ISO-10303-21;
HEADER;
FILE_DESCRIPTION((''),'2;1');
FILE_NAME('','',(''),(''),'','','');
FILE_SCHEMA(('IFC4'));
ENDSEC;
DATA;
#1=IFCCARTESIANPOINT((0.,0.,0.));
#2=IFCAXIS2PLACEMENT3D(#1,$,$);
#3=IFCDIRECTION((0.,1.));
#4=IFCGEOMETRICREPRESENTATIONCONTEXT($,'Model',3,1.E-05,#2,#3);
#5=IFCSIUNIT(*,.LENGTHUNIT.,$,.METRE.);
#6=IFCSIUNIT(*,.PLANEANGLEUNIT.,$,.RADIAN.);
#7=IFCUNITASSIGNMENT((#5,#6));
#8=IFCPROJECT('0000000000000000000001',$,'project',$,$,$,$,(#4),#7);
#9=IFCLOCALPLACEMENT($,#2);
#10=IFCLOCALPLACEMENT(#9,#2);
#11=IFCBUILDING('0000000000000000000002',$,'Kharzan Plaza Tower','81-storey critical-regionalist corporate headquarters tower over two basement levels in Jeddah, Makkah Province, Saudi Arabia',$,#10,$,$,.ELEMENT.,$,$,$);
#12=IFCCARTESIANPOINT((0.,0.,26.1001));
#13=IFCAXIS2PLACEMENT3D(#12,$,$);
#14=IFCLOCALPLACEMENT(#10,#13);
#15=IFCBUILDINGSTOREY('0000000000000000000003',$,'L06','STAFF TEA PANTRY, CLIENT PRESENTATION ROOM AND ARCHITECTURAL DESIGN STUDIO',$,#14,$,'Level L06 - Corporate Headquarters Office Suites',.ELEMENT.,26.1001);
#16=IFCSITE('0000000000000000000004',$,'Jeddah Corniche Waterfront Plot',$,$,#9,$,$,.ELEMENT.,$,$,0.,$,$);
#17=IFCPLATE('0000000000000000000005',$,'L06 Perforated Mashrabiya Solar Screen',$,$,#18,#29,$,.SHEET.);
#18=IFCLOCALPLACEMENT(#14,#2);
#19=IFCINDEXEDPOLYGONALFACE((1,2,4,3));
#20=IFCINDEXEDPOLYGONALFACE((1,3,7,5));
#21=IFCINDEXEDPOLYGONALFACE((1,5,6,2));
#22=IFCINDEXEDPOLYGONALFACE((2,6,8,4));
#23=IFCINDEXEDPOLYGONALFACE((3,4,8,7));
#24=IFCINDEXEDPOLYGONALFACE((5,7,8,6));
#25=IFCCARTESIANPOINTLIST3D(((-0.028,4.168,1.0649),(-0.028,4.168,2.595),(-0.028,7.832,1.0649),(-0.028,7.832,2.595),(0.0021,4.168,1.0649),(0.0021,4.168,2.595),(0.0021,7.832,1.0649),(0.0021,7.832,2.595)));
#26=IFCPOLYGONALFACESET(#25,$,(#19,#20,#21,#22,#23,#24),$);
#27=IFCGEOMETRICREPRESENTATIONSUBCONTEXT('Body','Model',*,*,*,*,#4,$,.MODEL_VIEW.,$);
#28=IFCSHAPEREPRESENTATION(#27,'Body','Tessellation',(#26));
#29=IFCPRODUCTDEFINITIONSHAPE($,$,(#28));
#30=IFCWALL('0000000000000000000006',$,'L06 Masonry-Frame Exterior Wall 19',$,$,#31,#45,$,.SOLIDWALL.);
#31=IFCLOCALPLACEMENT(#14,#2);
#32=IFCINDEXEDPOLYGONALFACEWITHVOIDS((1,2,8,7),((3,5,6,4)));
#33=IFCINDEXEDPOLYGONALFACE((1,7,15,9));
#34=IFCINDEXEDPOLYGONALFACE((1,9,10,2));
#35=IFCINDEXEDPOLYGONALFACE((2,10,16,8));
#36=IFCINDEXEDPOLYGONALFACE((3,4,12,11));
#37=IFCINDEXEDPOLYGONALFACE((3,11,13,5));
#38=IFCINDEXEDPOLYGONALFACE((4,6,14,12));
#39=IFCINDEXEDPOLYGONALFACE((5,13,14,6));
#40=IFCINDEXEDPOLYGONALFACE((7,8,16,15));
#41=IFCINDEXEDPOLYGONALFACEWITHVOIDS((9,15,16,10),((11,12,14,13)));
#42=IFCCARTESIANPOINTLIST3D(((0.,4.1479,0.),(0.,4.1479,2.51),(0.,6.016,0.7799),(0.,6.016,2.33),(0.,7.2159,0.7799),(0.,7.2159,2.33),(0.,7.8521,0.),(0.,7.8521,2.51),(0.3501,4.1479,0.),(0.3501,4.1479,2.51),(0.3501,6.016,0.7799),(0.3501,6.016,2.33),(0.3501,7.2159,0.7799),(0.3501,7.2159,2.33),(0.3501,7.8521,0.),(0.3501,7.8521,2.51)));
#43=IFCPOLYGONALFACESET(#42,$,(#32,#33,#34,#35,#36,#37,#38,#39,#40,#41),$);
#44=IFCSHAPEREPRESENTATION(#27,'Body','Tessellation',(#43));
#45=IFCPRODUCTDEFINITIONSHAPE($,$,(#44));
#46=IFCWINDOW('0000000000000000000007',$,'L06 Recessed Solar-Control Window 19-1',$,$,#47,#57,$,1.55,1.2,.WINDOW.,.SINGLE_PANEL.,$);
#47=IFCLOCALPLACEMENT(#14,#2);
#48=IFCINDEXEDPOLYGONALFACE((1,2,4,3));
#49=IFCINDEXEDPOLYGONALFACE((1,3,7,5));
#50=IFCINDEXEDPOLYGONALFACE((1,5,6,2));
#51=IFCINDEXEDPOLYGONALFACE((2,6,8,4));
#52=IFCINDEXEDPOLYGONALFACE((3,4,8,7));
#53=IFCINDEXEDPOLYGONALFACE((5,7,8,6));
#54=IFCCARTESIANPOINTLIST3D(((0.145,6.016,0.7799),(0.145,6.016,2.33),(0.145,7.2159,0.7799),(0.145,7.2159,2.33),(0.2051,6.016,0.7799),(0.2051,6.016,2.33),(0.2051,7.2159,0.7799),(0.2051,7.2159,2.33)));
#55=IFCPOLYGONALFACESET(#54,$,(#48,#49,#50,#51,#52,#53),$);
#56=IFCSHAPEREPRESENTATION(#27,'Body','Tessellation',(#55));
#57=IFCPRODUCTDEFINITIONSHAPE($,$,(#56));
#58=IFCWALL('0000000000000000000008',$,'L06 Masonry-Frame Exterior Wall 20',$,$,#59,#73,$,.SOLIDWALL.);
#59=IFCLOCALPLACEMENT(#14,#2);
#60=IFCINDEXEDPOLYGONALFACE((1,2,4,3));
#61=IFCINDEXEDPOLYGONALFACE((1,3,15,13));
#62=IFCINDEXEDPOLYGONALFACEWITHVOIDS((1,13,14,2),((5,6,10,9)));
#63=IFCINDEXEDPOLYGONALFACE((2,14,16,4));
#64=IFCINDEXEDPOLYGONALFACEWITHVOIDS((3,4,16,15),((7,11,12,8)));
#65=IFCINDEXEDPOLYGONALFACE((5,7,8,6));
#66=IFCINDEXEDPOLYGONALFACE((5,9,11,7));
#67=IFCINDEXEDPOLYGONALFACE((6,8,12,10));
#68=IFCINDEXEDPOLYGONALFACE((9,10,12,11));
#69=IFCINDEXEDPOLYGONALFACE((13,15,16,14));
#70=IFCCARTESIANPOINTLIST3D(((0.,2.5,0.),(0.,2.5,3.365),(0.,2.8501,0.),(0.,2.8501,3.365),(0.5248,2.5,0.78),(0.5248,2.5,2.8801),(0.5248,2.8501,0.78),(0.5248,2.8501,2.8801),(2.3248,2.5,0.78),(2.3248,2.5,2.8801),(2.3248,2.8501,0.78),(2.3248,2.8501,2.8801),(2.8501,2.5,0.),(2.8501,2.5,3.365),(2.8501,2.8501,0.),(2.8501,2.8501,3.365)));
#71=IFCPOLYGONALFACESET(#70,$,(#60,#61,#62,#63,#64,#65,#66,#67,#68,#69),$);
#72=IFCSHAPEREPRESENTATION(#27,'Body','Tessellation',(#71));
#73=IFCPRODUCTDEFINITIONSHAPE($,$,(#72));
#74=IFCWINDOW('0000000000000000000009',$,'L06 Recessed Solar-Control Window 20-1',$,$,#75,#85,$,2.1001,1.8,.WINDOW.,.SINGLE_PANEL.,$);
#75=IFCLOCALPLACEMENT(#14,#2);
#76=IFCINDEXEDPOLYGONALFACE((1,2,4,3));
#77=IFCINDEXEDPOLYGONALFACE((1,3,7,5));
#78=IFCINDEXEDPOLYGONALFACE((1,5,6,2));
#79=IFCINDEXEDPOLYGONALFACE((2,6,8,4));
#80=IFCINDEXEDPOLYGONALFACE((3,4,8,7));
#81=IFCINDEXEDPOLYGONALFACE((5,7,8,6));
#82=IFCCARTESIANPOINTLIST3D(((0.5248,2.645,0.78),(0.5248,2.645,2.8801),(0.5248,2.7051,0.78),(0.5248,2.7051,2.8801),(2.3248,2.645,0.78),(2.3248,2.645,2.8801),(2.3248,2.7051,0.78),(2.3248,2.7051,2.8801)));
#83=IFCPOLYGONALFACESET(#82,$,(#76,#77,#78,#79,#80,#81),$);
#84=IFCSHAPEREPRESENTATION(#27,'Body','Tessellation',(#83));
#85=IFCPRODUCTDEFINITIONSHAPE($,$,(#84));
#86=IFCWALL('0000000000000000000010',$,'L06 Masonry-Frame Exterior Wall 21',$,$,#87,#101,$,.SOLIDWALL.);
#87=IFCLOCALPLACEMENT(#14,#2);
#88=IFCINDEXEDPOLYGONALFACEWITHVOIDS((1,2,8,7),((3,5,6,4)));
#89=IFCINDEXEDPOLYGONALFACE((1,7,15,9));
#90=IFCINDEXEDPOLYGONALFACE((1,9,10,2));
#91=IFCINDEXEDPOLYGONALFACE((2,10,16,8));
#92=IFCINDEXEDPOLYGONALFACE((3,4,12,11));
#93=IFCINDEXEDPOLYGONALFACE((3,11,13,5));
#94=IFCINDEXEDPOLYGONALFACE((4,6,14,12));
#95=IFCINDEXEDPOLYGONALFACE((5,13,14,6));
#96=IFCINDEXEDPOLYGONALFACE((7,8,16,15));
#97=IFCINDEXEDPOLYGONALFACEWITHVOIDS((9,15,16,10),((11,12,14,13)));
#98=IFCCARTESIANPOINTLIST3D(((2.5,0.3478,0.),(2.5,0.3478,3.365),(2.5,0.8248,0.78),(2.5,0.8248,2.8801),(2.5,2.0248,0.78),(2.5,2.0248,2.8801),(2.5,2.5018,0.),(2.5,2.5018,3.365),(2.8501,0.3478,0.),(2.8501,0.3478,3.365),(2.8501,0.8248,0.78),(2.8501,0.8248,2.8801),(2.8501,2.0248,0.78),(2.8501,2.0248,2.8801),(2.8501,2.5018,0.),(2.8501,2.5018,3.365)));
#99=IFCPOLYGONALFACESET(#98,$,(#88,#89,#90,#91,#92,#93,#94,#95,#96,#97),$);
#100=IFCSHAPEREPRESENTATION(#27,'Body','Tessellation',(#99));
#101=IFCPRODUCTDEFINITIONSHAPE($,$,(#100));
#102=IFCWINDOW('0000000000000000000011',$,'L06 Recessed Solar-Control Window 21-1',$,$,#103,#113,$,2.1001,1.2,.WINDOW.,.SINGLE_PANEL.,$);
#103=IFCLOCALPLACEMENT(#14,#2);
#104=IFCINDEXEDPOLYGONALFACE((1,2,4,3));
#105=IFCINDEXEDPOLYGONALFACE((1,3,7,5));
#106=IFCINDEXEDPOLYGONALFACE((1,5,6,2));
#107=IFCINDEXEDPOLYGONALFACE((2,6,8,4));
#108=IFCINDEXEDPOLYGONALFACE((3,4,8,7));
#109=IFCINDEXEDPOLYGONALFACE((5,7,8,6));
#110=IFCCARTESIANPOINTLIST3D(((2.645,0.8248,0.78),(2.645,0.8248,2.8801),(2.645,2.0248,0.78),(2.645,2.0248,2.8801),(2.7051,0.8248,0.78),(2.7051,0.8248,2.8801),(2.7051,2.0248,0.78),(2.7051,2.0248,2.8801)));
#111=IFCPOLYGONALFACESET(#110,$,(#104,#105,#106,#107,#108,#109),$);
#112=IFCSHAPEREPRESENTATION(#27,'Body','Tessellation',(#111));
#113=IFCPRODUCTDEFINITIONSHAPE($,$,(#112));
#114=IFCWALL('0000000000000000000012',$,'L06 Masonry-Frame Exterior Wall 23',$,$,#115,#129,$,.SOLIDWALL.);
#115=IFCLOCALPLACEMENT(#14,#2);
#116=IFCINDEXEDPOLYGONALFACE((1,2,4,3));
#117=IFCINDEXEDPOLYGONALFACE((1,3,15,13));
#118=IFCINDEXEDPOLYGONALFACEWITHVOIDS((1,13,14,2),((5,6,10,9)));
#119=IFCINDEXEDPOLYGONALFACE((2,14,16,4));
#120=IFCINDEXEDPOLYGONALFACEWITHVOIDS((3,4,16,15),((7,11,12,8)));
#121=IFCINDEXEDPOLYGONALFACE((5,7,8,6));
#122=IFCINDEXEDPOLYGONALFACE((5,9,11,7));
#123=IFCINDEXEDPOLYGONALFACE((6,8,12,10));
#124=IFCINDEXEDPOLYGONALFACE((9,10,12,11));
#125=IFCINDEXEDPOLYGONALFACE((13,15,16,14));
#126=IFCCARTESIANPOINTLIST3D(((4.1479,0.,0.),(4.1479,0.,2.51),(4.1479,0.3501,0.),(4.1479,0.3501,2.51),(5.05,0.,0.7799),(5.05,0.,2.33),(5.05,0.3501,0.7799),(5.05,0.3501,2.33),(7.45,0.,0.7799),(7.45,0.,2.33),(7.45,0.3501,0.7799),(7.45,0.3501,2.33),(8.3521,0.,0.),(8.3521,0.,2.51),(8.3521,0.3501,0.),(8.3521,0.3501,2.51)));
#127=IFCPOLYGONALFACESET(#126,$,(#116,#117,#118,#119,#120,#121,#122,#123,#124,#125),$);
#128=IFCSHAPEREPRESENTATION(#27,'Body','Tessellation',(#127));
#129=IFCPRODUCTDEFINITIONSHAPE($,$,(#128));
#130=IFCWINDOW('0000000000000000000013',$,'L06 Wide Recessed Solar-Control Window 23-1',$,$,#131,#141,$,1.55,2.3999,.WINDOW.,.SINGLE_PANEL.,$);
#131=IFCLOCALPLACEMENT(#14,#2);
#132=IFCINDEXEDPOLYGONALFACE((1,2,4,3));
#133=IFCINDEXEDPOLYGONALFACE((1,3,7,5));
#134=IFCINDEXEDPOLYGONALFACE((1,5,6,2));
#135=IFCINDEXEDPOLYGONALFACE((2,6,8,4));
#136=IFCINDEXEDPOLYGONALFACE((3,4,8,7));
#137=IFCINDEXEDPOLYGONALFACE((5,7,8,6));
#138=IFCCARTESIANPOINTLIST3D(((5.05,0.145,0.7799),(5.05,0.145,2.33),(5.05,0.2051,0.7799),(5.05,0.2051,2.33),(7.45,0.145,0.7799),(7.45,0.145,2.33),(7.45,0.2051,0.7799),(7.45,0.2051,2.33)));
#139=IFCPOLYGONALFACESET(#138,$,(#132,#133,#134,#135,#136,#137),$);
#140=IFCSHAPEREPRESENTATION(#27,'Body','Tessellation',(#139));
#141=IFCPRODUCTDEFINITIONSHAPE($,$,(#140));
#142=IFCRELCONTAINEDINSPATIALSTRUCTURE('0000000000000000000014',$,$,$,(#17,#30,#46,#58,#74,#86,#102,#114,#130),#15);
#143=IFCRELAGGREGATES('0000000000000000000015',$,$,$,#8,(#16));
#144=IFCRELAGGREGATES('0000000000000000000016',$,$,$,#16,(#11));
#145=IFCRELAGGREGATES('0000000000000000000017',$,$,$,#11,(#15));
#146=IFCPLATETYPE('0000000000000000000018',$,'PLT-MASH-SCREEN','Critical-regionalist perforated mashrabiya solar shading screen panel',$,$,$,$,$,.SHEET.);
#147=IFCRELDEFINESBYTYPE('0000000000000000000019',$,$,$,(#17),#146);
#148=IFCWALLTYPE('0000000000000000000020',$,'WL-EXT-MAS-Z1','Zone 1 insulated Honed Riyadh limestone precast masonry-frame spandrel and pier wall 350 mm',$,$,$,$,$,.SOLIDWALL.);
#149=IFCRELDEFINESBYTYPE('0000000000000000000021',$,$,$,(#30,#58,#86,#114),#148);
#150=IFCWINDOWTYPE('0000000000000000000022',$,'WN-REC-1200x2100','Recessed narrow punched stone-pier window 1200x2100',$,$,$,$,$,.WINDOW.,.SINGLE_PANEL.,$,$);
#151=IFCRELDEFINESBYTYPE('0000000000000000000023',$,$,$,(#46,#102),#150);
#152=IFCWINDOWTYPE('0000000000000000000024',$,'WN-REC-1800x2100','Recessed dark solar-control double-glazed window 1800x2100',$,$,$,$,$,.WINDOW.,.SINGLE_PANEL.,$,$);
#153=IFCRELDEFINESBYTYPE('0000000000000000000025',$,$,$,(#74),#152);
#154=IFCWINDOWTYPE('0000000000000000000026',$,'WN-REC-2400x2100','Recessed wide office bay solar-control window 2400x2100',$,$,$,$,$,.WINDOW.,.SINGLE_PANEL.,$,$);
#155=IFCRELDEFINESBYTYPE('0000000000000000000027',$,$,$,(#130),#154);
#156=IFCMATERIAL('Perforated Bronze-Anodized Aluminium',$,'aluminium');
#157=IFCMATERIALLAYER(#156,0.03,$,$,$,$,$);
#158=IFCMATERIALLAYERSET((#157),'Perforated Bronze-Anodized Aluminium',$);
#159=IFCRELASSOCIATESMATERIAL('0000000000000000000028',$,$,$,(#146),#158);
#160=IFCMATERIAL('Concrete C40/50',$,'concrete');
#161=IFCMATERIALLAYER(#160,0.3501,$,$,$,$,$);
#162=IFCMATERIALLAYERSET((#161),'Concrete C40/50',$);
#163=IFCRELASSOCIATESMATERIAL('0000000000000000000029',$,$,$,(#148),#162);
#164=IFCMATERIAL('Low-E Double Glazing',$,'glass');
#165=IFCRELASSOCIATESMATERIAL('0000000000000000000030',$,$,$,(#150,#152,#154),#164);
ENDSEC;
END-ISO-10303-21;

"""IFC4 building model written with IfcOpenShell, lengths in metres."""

from ifc_helpers import new_model, si_unit, direction, frame, frame_2d, origin, origin_2d, place, context, subcontext, project, spatial, rectangle, extrude, source, transform, mapped, material, layer, layer_set, type_object, element, fill, save


model = new_model("IFC4")

# Units and contexts
model_context = context("Model", 3, precision=1e-05, world=origin(), true_north=direction((0.0, 1.0)))
body_context = subcontext(model_context, "Body", "Model", "MODEL_VIEW")
ifc_project = project(units=[si_unit("LENGTHUNIT", "METRE"), si_unit("PLANEANGLEUNIT", "RADIAN")], contexts=[model_context])

# Site, building, storey
site_placement = place(None, origin())
site = spatial("IfcSite", under=ifc_project, at=site_placement, Name="Jeddah Corniche Waterfront Plot", CompositionType="ELEMENT", RefElevation=0.0)
building_placement = place(site_placement, origin())
building = spatial("IfcBuilding", under=site, at=building_placement, Name="Kharzan Plaza Tower", Description="81-storey critical-regionalist corporate headquarters tower over two basement levels in Jeddah, Makkah Province, Saudi Arabia", CompositionType="ELEMENT")
storey_placement = place(building_placement, frame((0.0, 0.0, 26.1001)))
storey = spatial("IfcBuildingStorey", under=building, at=storey_placement, Name="L06", Description="STAFF TEA PANTRY, CLIENT PRESENTATION ROOM AND ARCHITECTURAL DESIGN STUDIO", LongName="Level L06 - Corporate Headquarters Office Suites", CompositionType="ELEMENT", Elevation=26.1001)

# Shared definitions
ifc_material_1 = material(Name="Concrete C40/50", Category="concrete")

# Plate
ifc_material_2 = material(Name="Perforated Bronze-Anodized Aluminium", Category="aluminium")
ifc_layer_1 = layer(ifc_material_2, 0.03)
ifc_layer_set_1 = layer_set([ifc_layer_1], Name="Perforated Bronze-Anodized Aluminium")
plate_type = type_object("IfcPlateType", Name="PLT-MASH-SCREEN", Description="Critical-regionalist perforated mashrabiya solar shading screen panel", PredefinedType="SHEET", material=ifc_layer_set_1)
shared_shape_1 = source(origin(), body_context, "Body", "SweptSolid", [
    extrude(rectangle(XDim=3.6641, YDim=0.03, at=origin_2d()), origin(), (0.0, 0.0, 1.0), 1.53),
])
plate_placement = place(storey_placement, frame((-0.0129, 6.0, 1.0649), z_axis=(0.0, 0.0, 1.0), x_axis=(0.0, -1.0, 0.0)))
element("IfcPlate", 1, at=plate_placement, inside=storey, type_object=plate_type, Name="L06 Perforated Mashrabiya Solar Screen", PredefinedType="SHEET", context=body_context, shape_type="MappedRepresentation", body=[
    mapped(shared_shape_1, transform((0.0, 0.0, 0.0), x_axis=(1.0, 0.0, 0.0), y_axis=(0.0, 1.0, 0.0), z_axis=(0.0, 0.0, 1.0))),
])

# Walls, openings, windows
ifc_layer_2 = layer(ifc_material_1, 0.3501)
ifc_layer_set_2 = layer_set([ifc_layer_2], Name="Concrete C40/50")
wall_type_1 = type_object("IfcWallType", Name="WL-EXT-MAS-Z1", Description="Zone 1 insulated Honed Riyadh limestone precast masonry-frame spandrel and pier wall 350 mm", PredefinedType="SOLIDWALL", material=ifc_layer_set_2)
wall_1_placement = place(storey_placement, frame((0.175, 7.8521, 0.0), z_axis=(0.0, 0.0, 1.0), x_axis=(0.0, -1.0, 0.0)))
wall_1 = element("IfcWall", 2, at=wall_1_placement, inside=storey, type_object=wall_type_1, Name="L06 Masonry-Frame Exterior Wall 19", PredefinedType="SOLIDWALL", context=body_context, shape_type="SweptSolid", body=[
    extrude(rectangle(XDim=3.7041, YDim=0.3501, at=frame_2d((1.8521, 0.0))), origin(), (0.0, 0.0, 1.0), 2.51),
])
opening_1_placement = place(wall_1_placement, frame((0.636, 0.0, 0.78)))
opening_1 = element("IfcOpeningElement", 3, at=opening_1_placement, cuts=wall_1, PredefinedType="OPENING", context=body_context, shape_type="SweptSolid", body=[
    extrude(rectangle(XDim=1.2, YDim=1.55, at=frame_2d((0.6001, 0.7749))), frame((0.0, 0.1851, 0.0), z_axis=(0.0, -1.0, 0.0), x_axis=(1.0, 0.0, 0.0)), (0.0, 0.0, 1.0), 0.3701),
])
ifc_material_3 = material(Name="Low-E Double Glazing", Category="glass")
window_type_1 = type_object("IfcWindowType", Name="WN-REC-1200x2100", Description="Recessed narrow punched stone-pier window 1200x2100", PartitioningType="SINGLE_PANEL", PredefinedType="WINDOW", material=ifc_material_3)
shared_shape_2 = source(origin(), body_context, "Body", "SweptSolid", [
    extrude(rectangle(XDim=1.2, YDim=1.55, at=frame_2d((0.6001, 0.7749))), frame((0.0, 0.03, 0.0), z_axis=(0.0, -1.0, 0.0), x_axis=(1.0, 0.0, 0.0)), (0.0, 0.0, 1.0), 0.0601),
])
window_1_placement = place(opening_1_placement, origin())
window_1 = element("IfcWindow", 4, at=window_1_placement, inside=storey, type_object=window_type_1, Name="L06 Recessed Solar-Control Window 19-1", OverallHeight=1.55, OverallWidth=1.2, PartitioningType="SINGLE_PANEL", PredefinedType="WINDOW", context=body_context, shape_type="MappedRepresentation", body=[
    mapped(shared_shape_2, transform((0.0, 0.0, 0.0), x_axis=(1.0, 0.0, 0.0), y_axis=(0.0, 1.0, 0.0), z_axis=(0.0, 0.0, 1.0))),
])
fill(opening_1, window_1)
wall_2_placement = place(storey_placement, frame((0.0, 2.675, 0.0), z_axis=(0.0, 0.0, 1.0), x_axis=(1.0, 0.0, 0.0)))
wall_2 = element("IfcWall", 5, at=wall_2_placement, inside=storey, type_object=wall_type_1, Name="L06 Masonry-Frame Exterior Wall 20", PredefinedType="SOLIDWALL", context=body_context, shape_type="SweptSolid", body=[
    extrude(rectangle(XDim=2.8501, YDim=0.3501, at=frame_2d((1.425, 0.0))), origin(), (0.0, 0.0, 1.0), 3.365),
])
opening_2_placement = place(wall_2_placement, frame((0.5249, 0.0, 0.78)))
opening_2 = element("IfcOpeningElement", 6, at=opening_2_placement, cuts=wall_2, PredefinedType="OPENING", context=body_context, shape_type="SweptSolid", body=[
    extrude(rectangle(XDim=1.8, YDim=2.1001, at=frame_2d((0.8999, 1.05))), frame((0.0, 0.1851, 0.0), z_axis=(0.0, -1.0, 0.0), x_axis=(1.0, 0.0, 0.0)), (0.0, 0.0, 1.0), 0.3701),
])
window_type_2 = type_object("IfcWindowType", Name="WN-REC-1800x2100", Description="Recessed dark solar-control double-glazed window 1800x2100", PartitioningType="SINGLE_PANEL", PredefinedType="WINDOW", material=ifc_material_3)
shared_shape_3 = source(origin(), body_context, "Body", "SweptSolid", [
    extrude(rectangle(XDim=1.8, YDim=2.1001, at=frame_2d((0.8999, 1.05))), frame((0.0, 0.03, 0.0), z_axis=(0.0, -1.0, 0.0), x_axis=(1.0, 0.0, 0.0)), (0.0, 0.0, 1.0), 0.0601),
])
window_2_placement = place(opening_2_placement, origin())
window_2 = element("IfcWindow", 7, at=window_2_placement, inside=storey, type_object=window_type_2, Name="L06 Recessed Solar-Control Window 20-1", OverallHeight=2.1001, OverallWidth=1.8, PartitioningType="SINGLE_PANEL", PredefinedType="WINDOW", context=body_context, shape_type="MappedRepresentation", body=[
    mapped(shared_shape_3, transform((0.0, 0.0, 0.0), x_axis=(1.0, 0.0, 0.0), y_axis=(0.0, 1.0, 0.0), z_axis=(0.0, 0.0, 1.0))),
])
fill(opening_2, window_2)
wall_3_placement = place(storey_placement, frame((2.675, 2.502, 0.0), z_axis=(0.0, 0.0, 1.0), x_axis=(0.0, -1.0, 0.0)))
wall_3 = element("IfcWall", 8, at=wall_3_placement, inside=storey, type_object=wall_type_1, Name="L06 Masonry-Frame Exterior Wall 21", PredefinedType="SOLIDWALL", context=body_context, shape_type="SweptSolid", body=[
    extrude(rectangle(XDim=2.1541, YDim=0.3501, at=frame_2d((1.0771, 0.0))), origin(), (0.0, 0.0, 1.0), 3.365),
])
opening_3_placement = place(wall_3_placement, frame((0.4771, 0.0, 0.78)))
opening_3 = element("IfcOpeningElement", 9, at=opening_3_placement, cuts=wall_3, PredefinedType="OPENING", context=body_context, shape_type="SweptSolid", body=[
    extrude(rectangle(XDim=1.2, YDim=2.1001, at=frame_2d((0.6001, 1.05))), frame((0.0, 0.1851, 0.0), z_axis=(0.0, -1.0, 0.0), x_axis=(1.0, 0.0, 0.0)), (0.0, 0.0, 1.0), 0.3701),
])
shared_shape_4 = source(origin(), body_context, "Body", "SweptSolid", [
    extrude(rectangle(XDim=1.2, YDim=2.1001, at=frame_2d((0.6001, 1.05))), frame((0.0, 0.03, 0.0), z_axis=(0.0, -1.0, 0.0), x_axis=(1.0, 0.0, 0.0)), (0.0, 0.0, 1.0), 0.0601),
])
window_3_placement = place(opening_3_placement, origin())
window_3 = element("IfcWindow", 10, at=window_3_placement, inside=storey, type_object=window_type_1, Name="L06 Recessed Solar-Control Window 21-1", OverallHeight=2.1001, OverallWidth=1.2, PartitioningType="SINGLE_PANEL", PredefinedType="WINDOW", context=body_context, shape_type="MappedRepresentation", body=[
    mapped(shared_shape_4, transform((0.0, 0.0, 0.0), x_axis=(1.0, 0.0, 0.0), y_axis=(0.0, 1.0, 0.0), z_axis=(0.0, 0.0, 1.0))),
])
fill(opening_3, window_3)
wall_4_placement = place(storey_placement, frame((4.1479, 0.175, 0.0), z_axis=(0.0, 0.0, 1.0), x_axis=(1.0, 0.0, 0.0)))
wall_4 = element("IfcWall", 11, at=wall_4_placement, inside=storey, type_object=wall_type_1, Name="L06 Masonry-Frame Exterior Wall 23", PredefinedType="SOLIDWALL", context=body_context, shape_type="SweptSolid", body=[
    extrude(rectangle(XDim=4.2041, YDim=0.3501, at=frame_2d((2.1021, 0.0))), origin(), (0.0, 0.0, 1.0), 2.51),
])
opening_4_placement = place(wall_4_placement, frame((0.9021, 0.0, 0.78)))
opening_4 = element("IfcOpeningElement", 12, at=opening_4_placement, cuts=wall_4, PredefinedType="OPENING", context=body_context, shape_type="SweptSolid", body=[
    extrude(rectangle(XDim=2.3999, YDim=1.55, at=frame_2d((1.2, 0.7749))), frame((0.0, 0.1851, 0.0), z_axis=(0.0, -1.0, 0.0), x_axis=(1.0, 0.0, 0.0)), (0.0, 0.0, 1.0), 0.3701),
])
window_type_3 = type_object("IfcWindowType", Name="WN-REC-2400x2100", Description="Recessed wide office bay solar-control window 2400x2100", PartitioningType="SINGLE_PANEL", PredefinedType="WINDOW", material=ifc_material_3)
shared_shape_5 = source(origin(), body_context, "Body", "SweptSolid", [
    extrude(rectangle(XDim=2.3999, YDim=1.55, at=frame_2d((1.2, 0.7749))), frame((0.0, 0.03, 0.0), z_axis=(0.0, -1.0, 0.0), x_axis=(1.0, 0.0, 0.0)), (0.0, 0.0, 1.0), 0.0601),
])
window_4_placement = place(opening_4_placement, origin())
window_4 = element("IfcWindow", 13, at=window_4_placement, inside=storey, type_object=window_type_3, Name="L06 Wide Recessed Solar-Control Window 23-1", OverallHeight=1.55, OverallWidth=2.3999, PartitioningType="SINGLE_PANEL", PredefinedType="WINDOW", context=body_context, shape_type="MappedRepresentation", body=[
    mapped(shared_shape_5, transform((0.0, 0.0, 0.0), x_axis=(1.0, 0.0, 0.0), y_axis=(0.0, 1.0, 0.0), z_axis=(0.0, 0.0, 1.0))),
])
fill(opening_4, window_4)

save(model, "model.ifc")
